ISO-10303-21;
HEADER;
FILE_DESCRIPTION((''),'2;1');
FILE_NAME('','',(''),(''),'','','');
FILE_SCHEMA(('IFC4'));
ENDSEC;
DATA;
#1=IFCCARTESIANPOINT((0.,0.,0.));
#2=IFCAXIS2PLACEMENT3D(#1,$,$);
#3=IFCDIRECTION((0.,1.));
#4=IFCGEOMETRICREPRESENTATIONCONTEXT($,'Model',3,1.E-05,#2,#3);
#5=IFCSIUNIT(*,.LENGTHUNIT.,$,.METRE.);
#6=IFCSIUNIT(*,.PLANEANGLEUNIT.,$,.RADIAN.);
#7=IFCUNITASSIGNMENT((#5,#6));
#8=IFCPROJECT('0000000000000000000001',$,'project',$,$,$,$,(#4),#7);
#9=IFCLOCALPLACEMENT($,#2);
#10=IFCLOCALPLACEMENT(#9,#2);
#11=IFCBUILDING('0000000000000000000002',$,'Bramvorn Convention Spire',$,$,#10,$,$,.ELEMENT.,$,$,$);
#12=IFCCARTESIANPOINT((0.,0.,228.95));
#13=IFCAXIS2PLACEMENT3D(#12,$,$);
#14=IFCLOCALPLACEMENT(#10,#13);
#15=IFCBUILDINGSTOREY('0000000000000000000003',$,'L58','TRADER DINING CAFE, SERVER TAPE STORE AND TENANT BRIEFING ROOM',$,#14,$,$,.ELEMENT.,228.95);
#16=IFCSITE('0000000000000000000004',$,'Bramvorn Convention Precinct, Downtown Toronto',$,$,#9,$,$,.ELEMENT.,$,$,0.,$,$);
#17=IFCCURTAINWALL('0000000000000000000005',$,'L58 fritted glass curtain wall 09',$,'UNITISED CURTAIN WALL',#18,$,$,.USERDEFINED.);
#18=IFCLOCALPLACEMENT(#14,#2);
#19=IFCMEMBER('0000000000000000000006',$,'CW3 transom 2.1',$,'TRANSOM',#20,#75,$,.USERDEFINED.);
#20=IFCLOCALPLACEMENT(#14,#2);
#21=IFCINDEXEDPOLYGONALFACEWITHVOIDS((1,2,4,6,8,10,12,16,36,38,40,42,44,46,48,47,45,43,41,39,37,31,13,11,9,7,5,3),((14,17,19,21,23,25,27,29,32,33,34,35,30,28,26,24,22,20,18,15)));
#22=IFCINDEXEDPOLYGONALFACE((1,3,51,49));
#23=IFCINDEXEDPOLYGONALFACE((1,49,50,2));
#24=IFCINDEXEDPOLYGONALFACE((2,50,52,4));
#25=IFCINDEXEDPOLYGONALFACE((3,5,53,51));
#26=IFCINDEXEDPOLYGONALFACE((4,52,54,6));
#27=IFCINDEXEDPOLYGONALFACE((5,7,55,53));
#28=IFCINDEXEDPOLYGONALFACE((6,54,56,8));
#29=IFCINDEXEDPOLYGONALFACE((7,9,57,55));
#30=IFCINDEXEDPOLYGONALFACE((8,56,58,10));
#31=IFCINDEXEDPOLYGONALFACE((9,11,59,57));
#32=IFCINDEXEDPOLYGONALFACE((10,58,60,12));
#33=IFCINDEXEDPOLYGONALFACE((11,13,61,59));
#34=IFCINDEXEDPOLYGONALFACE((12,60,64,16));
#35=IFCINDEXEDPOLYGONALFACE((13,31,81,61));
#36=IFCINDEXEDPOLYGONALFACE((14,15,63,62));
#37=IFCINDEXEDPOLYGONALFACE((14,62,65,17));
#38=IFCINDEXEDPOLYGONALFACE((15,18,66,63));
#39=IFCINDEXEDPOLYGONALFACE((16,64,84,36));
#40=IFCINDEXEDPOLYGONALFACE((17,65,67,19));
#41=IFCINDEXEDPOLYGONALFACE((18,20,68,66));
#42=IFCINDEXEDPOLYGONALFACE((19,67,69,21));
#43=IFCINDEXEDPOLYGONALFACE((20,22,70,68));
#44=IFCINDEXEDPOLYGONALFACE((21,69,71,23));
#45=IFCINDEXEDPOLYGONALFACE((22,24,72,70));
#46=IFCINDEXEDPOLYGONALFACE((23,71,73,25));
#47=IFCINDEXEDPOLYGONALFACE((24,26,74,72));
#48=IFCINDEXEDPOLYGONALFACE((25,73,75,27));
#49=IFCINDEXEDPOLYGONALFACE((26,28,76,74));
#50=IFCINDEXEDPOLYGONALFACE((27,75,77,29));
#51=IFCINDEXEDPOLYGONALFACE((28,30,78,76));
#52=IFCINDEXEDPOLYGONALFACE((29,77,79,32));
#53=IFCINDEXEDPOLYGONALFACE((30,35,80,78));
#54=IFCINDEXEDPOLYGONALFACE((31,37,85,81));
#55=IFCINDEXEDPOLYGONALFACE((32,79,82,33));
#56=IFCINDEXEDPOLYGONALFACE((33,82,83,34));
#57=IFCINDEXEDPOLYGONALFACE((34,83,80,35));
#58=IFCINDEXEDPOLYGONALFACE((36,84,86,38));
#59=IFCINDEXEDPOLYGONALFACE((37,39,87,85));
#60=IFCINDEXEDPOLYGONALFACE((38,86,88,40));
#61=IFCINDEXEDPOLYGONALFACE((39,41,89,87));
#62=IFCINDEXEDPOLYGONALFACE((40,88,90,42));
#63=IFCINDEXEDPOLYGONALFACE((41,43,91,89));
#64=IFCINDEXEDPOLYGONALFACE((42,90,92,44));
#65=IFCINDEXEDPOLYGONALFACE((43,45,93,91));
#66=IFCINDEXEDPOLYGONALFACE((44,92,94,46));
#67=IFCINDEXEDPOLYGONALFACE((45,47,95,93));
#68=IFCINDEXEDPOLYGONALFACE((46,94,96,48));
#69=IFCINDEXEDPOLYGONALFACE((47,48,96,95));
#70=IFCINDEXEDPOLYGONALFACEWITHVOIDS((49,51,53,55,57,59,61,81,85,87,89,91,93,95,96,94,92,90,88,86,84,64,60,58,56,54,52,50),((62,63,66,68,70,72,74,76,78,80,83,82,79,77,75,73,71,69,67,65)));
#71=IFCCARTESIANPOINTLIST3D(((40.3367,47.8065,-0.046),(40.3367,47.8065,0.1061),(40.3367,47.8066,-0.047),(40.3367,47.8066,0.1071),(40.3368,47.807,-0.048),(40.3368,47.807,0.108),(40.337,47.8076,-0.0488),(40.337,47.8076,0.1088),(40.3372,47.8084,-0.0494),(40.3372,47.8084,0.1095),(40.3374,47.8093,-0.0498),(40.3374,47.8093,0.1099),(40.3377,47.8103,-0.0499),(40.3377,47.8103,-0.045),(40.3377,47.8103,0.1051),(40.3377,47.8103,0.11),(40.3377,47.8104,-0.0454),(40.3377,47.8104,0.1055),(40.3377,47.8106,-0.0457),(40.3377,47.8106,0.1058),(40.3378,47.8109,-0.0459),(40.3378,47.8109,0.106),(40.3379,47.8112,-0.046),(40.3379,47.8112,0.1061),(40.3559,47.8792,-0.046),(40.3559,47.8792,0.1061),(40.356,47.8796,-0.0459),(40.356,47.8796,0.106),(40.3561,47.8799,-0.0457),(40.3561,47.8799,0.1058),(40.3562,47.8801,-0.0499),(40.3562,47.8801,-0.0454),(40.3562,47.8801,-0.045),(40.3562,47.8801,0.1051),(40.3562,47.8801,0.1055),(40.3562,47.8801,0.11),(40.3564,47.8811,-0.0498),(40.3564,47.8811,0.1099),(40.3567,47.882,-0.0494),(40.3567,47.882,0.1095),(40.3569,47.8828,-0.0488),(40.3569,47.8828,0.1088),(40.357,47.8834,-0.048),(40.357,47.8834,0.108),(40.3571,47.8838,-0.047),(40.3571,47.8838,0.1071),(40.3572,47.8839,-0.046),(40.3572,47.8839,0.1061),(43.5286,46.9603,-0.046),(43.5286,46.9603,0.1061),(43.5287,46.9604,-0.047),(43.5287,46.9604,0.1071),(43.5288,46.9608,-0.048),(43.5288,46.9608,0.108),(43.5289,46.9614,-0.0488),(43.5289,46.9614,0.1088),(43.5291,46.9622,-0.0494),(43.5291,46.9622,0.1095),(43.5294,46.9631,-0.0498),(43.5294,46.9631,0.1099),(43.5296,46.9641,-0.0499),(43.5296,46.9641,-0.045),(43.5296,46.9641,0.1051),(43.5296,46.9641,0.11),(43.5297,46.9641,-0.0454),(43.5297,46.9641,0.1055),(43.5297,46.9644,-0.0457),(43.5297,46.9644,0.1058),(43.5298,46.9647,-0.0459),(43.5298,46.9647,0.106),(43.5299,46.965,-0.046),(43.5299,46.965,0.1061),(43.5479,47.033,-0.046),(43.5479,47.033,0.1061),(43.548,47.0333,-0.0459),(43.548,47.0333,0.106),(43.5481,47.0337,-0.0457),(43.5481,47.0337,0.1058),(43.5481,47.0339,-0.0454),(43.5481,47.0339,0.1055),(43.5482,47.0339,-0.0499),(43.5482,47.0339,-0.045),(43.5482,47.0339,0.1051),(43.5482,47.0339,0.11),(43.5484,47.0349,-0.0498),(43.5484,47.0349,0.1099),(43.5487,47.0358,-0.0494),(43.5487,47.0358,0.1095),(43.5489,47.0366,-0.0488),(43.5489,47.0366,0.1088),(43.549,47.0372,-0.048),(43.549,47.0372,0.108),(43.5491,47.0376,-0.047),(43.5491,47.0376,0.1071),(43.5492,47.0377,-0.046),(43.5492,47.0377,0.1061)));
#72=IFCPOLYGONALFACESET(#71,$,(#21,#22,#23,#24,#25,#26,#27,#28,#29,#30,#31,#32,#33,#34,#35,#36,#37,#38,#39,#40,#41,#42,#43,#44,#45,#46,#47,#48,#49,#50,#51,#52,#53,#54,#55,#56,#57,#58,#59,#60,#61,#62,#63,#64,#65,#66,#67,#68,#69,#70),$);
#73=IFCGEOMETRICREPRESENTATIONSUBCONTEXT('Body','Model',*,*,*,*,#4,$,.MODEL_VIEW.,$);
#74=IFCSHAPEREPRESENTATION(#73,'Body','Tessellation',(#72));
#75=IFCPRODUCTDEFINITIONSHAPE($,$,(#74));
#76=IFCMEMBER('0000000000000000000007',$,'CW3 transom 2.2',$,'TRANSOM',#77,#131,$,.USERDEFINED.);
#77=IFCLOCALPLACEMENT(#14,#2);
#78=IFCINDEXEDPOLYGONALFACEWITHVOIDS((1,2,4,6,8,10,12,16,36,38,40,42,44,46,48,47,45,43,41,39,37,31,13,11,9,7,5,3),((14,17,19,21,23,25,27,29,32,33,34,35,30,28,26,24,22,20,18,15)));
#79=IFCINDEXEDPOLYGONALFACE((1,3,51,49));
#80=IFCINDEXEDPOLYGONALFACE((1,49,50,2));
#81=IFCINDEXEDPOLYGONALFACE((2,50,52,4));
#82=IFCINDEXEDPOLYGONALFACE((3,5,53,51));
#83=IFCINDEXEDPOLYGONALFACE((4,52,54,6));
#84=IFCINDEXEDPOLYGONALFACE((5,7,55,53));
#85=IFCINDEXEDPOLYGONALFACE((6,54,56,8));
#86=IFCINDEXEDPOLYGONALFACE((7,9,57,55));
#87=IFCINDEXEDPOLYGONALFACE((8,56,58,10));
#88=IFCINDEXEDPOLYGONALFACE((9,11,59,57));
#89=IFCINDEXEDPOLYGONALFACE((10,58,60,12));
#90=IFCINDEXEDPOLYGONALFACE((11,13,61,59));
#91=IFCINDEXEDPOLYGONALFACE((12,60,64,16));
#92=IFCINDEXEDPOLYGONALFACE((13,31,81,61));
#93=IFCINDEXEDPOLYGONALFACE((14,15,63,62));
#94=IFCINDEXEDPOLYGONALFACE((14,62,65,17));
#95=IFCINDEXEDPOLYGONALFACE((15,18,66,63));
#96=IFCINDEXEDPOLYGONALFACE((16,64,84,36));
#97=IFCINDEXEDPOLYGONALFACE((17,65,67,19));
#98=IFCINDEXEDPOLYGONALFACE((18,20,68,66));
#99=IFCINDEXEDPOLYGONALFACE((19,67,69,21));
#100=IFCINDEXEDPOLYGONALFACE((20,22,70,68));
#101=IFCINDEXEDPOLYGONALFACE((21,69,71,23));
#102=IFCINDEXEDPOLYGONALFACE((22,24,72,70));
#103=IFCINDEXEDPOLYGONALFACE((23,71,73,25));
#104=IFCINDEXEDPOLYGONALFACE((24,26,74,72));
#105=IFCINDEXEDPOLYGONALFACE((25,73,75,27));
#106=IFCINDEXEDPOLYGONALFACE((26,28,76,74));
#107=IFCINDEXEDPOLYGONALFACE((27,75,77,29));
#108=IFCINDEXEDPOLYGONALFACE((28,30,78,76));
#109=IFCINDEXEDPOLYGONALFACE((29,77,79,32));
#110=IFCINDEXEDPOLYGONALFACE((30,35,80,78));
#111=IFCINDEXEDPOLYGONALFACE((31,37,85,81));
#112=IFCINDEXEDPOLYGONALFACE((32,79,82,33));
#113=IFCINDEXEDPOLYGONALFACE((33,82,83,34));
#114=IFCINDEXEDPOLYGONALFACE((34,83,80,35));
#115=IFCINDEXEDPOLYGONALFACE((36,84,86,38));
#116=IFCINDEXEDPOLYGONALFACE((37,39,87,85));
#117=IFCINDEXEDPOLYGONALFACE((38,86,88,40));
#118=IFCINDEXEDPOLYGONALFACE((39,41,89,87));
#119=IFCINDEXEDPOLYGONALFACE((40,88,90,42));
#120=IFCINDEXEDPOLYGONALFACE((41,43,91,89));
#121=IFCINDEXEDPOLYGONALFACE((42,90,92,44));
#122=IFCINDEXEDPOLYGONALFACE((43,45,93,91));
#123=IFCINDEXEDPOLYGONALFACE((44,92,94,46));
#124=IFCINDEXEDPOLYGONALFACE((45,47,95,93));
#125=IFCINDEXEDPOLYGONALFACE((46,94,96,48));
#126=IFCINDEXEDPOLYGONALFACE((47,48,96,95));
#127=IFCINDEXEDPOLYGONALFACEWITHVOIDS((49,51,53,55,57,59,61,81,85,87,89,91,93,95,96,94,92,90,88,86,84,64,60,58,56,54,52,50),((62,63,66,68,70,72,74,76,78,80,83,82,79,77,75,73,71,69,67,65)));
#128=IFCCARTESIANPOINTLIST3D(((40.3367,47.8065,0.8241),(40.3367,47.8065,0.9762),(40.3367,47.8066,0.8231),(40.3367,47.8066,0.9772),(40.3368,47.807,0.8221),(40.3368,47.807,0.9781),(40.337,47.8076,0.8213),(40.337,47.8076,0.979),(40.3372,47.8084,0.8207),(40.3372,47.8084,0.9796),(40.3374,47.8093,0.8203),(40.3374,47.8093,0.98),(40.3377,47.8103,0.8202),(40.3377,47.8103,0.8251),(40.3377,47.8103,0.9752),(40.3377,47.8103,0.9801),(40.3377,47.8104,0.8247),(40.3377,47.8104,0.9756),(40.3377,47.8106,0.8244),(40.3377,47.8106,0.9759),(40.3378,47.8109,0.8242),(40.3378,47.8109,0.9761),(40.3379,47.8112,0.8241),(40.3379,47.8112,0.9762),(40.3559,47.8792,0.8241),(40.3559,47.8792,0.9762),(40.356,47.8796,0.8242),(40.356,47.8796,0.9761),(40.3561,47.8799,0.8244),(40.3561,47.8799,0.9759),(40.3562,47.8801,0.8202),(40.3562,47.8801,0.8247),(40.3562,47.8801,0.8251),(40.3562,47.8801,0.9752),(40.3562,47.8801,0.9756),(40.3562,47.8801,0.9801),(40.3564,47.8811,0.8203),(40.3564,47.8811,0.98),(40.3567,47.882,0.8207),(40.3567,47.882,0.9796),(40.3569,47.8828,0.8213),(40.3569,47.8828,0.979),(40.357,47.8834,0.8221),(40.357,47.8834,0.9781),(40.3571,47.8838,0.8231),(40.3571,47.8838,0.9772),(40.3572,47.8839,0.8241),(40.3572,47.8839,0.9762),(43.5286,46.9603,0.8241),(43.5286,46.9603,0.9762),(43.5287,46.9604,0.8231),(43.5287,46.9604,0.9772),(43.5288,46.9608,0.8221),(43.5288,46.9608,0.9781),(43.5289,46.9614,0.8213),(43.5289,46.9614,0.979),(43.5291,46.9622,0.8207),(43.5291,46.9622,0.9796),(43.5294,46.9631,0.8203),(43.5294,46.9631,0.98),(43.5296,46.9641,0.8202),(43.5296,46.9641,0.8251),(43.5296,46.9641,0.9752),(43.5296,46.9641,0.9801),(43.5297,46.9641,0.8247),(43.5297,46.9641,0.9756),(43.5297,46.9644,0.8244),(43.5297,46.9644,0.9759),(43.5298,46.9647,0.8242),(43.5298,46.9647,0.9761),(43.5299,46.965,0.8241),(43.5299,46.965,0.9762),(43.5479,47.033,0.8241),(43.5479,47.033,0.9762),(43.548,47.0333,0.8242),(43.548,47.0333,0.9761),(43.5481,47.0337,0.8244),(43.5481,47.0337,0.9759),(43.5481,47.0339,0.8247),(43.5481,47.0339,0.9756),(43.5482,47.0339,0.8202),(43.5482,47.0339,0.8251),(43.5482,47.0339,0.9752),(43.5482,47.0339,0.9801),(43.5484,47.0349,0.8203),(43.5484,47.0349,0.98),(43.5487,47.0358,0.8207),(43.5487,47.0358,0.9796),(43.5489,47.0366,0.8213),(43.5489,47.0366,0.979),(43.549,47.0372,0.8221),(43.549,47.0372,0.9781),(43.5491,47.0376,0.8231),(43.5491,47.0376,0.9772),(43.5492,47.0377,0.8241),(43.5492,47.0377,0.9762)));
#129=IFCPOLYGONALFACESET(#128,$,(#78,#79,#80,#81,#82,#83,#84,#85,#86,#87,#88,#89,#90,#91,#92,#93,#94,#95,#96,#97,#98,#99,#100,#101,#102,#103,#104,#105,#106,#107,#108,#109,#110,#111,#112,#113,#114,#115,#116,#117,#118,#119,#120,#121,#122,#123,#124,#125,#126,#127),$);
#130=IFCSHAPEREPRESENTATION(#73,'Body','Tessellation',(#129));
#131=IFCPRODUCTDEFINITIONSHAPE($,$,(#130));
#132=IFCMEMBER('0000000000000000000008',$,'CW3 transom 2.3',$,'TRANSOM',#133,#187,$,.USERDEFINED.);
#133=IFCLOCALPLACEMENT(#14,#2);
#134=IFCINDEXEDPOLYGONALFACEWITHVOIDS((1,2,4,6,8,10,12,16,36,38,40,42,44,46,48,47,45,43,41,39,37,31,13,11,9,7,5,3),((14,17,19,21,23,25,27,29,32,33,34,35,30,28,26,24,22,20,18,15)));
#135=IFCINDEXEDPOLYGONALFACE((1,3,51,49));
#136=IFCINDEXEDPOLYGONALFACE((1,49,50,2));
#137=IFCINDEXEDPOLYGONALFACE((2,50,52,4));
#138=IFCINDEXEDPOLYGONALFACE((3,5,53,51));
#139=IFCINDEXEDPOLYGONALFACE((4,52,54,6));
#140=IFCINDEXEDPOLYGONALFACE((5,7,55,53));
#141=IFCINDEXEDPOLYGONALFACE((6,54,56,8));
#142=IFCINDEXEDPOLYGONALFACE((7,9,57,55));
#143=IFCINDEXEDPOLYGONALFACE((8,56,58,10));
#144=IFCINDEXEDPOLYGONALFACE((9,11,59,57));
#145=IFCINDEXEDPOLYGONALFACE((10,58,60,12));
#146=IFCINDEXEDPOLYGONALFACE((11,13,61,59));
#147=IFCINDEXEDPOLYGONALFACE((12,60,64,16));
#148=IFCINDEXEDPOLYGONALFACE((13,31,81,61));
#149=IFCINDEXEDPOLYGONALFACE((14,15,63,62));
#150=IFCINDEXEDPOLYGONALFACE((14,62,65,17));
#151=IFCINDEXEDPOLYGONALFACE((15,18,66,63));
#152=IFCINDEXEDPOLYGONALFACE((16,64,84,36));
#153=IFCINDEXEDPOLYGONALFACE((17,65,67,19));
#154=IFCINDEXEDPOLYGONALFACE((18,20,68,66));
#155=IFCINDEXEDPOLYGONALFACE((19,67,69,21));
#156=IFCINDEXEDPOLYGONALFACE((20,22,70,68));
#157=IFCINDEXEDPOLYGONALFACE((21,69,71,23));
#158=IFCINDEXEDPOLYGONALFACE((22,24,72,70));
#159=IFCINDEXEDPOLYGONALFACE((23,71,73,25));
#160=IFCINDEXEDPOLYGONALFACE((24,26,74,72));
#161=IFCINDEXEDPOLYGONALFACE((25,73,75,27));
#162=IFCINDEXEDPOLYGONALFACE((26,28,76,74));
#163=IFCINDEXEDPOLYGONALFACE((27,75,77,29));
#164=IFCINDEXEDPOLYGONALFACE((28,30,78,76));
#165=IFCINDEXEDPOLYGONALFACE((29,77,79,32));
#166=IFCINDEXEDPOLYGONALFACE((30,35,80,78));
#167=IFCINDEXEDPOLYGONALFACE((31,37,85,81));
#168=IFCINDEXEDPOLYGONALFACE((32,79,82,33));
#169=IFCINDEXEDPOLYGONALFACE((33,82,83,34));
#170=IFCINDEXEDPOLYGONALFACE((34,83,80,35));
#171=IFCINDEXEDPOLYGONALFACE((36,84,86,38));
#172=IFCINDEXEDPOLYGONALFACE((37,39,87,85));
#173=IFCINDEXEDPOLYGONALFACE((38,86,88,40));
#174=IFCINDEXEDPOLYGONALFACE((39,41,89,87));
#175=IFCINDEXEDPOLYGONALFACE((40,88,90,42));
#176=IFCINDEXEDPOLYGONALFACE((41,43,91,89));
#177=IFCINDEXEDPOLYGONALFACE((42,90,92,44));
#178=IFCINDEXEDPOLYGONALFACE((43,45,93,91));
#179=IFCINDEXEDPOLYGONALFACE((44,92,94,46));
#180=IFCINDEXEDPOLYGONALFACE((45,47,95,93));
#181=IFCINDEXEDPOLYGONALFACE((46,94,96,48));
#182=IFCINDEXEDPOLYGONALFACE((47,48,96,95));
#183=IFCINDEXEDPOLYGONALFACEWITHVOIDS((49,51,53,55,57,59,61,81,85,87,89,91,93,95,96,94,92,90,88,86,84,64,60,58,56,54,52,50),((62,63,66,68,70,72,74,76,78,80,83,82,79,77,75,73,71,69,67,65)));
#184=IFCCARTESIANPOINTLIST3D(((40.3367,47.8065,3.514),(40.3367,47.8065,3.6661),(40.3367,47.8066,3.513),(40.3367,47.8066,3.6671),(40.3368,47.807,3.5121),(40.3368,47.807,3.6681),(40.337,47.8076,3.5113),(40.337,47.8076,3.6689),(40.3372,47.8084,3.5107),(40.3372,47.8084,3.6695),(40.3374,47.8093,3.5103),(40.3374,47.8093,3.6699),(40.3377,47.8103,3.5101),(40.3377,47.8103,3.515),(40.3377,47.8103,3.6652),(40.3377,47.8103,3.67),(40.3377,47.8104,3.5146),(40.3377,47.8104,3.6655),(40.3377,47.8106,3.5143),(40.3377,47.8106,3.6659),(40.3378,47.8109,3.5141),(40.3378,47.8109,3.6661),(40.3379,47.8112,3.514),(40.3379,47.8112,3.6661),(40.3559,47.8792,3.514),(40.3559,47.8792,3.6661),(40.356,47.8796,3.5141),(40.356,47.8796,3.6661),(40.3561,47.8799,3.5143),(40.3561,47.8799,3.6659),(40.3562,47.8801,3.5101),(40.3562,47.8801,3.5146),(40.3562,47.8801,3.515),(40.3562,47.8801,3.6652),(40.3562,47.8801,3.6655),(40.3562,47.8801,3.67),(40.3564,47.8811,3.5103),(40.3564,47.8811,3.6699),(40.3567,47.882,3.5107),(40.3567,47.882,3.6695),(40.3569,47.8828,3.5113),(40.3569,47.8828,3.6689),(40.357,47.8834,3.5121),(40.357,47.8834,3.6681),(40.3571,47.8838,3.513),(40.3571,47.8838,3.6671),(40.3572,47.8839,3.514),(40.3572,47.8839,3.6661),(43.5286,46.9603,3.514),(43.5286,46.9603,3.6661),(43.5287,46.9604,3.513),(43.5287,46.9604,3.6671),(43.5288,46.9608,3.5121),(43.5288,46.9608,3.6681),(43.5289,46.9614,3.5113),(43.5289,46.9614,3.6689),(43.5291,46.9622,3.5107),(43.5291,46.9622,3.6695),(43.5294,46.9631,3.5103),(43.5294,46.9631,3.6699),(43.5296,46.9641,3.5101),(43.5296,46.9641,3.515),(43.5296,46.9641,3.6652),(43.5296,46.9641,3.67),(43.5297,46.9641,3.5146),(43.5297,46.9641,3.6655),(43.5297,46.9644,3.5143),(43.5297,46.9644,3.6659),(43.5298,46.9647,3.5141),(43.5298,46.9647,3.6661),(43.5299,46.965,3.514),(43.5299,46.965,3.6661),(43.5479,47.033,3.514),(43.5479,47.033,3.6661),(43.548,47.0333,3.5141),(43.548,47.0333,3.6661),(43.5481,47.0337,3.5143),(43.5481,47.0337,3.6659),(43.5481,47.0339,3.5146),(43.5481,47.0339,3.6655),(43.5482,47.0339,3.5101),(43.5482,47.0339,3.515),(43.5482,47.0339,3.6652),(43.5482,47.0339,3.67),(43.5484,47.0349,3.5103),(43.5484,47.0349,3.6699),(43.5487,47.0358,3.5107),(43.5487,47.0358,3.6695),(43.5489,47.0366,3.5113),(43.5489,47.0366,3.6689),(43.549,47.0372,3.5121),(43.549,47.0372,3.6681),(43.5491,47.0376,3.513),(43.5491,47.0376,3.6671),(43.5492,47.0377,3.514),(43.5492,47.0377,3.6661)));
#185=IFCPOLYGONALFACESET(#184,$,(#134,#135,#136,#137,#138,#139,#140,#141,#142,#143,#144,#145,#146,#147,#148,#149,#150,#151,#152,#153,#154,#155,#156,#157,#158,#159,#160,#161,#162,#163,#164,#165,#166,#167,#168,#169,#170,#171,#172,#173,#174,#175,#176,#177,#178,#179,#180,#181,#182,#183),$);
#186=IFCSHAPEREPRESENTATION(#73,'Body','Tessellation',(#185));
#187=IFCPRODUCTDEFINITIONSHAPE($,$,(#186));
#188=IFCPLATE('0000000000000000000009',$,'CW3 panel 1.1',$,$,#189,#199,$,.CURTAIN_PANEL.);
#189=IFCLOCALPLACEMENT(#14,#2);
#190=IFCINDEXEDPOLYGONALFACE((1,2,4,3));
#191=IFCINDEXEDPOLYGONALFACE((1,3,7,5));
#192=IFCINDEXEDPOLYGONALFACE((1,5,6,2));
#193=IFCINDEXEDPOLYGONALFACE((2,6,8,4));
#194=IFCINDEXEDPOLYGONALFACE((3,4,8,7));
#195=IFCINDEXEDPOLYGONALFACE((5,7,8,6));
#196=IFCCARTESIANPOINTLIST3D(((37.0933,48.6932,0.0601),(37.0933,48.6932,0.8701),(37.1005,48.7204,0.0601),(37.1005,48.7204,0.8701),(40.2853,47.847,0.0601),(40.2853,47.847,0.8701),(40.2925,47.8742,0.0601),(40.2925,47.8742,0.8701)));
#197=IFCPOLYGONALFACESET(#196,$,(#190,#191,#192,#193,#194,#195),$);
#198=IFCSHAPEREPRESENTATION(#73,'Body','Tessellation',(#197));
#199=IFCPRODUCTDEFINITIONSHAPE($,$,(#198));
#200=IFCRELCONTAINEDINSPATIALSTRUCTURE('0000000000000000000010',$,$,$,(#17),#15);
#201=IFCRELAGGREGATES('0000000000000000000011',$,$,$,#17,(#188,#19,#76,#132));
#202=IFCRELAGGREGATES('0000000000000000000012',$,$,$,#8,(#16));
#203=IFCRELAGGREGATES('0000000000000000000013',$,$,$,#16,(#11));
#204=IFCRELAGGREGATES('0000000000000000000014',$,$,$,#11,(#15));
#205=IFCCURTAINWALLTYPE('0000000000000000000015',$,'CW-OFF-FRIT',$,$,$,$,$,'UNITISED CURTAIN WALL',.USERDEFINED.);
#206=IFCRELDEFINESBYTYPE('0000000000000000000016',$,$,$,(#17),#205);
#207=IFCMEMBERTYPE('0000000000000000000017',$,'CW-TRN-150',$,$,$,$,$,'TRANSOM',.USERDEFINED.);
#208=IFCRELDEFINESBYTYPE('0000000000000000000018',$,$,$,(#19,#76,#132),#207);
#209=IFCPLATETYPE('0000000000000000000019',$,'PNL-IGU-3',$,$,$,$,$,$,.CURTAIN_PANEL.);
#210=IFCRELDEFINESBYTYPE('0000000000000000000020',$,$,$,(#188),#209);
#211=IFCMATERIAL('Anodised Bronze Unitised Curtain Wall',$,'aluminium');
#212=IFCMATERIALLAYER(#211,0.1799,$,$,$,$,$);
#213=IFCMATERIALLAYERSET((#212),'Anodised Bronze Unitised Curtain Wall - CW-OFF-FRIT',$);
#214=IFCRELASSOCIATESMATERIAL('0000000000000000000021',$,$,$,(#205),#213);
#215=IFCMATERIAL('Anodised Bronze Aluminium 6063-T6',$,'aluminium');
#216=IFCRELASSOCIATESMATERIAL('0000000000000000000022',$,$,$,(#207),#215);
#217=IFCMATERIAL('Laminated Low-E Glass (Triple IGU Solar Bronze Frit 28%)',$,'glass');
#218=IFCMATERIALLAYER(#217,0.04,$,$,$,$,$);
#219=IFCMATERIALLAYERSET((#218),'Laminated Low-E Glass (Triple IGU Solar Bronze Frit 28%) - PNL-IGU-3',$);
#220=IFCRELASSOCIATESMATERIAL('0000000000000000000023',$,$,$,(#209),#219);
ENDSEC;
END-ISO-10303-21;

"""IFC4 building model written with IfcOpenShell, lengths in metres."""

from ifc_helpers import new_model, si_unit, direction, frame, origin, origin_2d, place, context, subcontext, project, spatial, rectangle, hollow_rectangle, extrude, material, layer, layer_set, material_profile, profile_set, type_object, element, aggregate, save


model = new_model("IFC4")

# Units and contexts
model_context = context("Model", 3, precision=1e-05, world=origin(), true_north=direction((0.0, 1.0)))
body_context = subcontext(model_context, "Body", "Model", "MODEL_VIEW")
ifc_project = project(units=[si_unit("LENGTHUNIT", "METRE"), si_unit("PLANEANGLEUNIT", "RADIAN")], contexts=[model_context])

# Site, building, storey
site_placement = place(None, origin())
site = spatial("IfcSite", under=ifc_project, at=site_placement, Name="Bramvorn Convention Precinct, Downtown Toronto", CompositionType="ELEMENT", RefElevation=0.0)
building_placement = place(site_placement, origin())
building = spatial("IfcBuilding", under=site, at=building_placement, Name="Bramvorn Convention Spire", CompositionType="ELEMENT")
storey_placement = place(building_placement, frame((0.0, 0.0, 228.95)))
storey = spatial("IfcBuildingStorey", under=building, at=storey_placement, Name="L58", Description="TRADER DINING CAFE, SERVER TAPE STORE AND TENANT BRIEFING ROOM", CompositionType="ELEMENT", Elevation=228.95)

# Curtain wall
ifc_material_1 = material(Name="Anodised Bronze Unitised Curtain Wall", Category="aluminium")
ifc_layer_1 = layer(ifc_material_1, 0.1799)
ifc_layer_set_1 = layer_set([ifc_layer_1], Name="Anodised Bronze Unitised Curtain Wall - CW-OFF-FRIT")
curtain_wall_type = type_object("IfcCurtainWallType", Name="CW-OFF-FRIT", ElementType="UNITISED CURTAIN WALL", PredefinedType="USERDEFINED", material=ifc_layer_set_1)
curtain_wall_1_placement = place(storey_placement, origin())
curtain_wall_1 = element("IfcCurtainWall", 1, at=curtain_wall_1_placement, inside=storey, type_object=curtain_wall_type, Name="L58 fritted glass curtain wall 09", ObjectType="UNITISED CURTAIN WALL", PredefinedType="USERDEFINED")
ifc_material_2 = material(Name="Anodised Bronze Aluminium 6063-T6", Category="aluminium")

# Members
ifc_material_profile_1 = material_profile(ifc_material_2, hollow_rectangle(XDim=0.0801, YDim=0.1599, WallThickness=0.0039, InnerFilletRadius=0.001, OuterFilletRadius=0.0039, at=origin_2d()))
ifc_profile_set_1 = profile_set([ifc_material_profile_1], Name="Anodised Bronze Aluminium 6063-T6 - CWT80X160")
member_type_1 = type_object("IfcMemberType", Name="CW-TRN-150", ElementType="TRANSOM", PredefinedType="USERDEFINED", material=ifc_profile_set_1)
member_1_placement = place(storey_placement, frame((40.3469, 47.8452, 0.03), z_axis=(0.966609, -0.256254, 0.0), x_axis=(0.256254, 0.966609, 0.0)))
member_1 = element("IfcMember", 2, at=member_1_placement, type_object=member_type_1, Name="CW3 transom 2.1", ObjectType="TRANSOM", PredefinedType="USERDEFINED", context=body_context, shape_type="SweptSolid", body=[
    extrude(hollow_rectangle(XDim=0.0801, YDim=0.1599, WallThickness=0.0039, InnerFilletRadius=0.001, OuterFilletRadius=0.0039, at=origin_2d()), origin(), (0.0, 0.0, 1.0), 3.3022),
])
member_2_placement = place(storey_placement, frame((40.3469, 47.8452, 0.9001), z_axis=(0.966609, -0.256254, 0.0), x_axis=(0.256254, 0.966609, 0.0)))
member_2 = element("IfcMember", 3, at=member_2_placement, type_object=member_type_1, Name="CW3 transom 2.2", ObjectType="TRANSOM", PredefinedType="USERDEFINED", context=body_context, shape_type="SweptSolid", body=[
    extrude(hollow_rectangle(XDim=0.0801, YDim=0.1599, WallThickness=0.0039, InnerFilletRadius=0.001, OuterFilletRadius=0.0039, at=origin_2d()), origin(), (0.0, 0.0, 1.0), 3.3022),
])
member_3_placement = place(storey_placement, frame((40.3469, 47.8452, 3.5901), z_axis=(0.966609, -0.256254, 0.0), x_axis=(0.256254, 0.966609, 0.0)))
member_3 = element("IfcMember", 4, at=member_3_placement, type_object=member_type_1, Name="CW3 transom 2.3", ObjectType="TRANSOM", PredefinedType="USERDEFINED", context=body_context, shape_type="SweptSolid", body=[
    extrude(hollow_rectangle(XDim=0.0801, YDim=0.1599, WallThickness=0.0039, InnerFilletRadius=0.001, OuterFilletRadius=0.0039, at=origin_2d()), origin(), (0.0, 0.0, 1.0), 3.3022),
])

# Plate
ifc_material_3 = material(Name="Laminated Low-E Glass (Triple IGU Solar Bronze Frit 28%)", Category="glass")
ifc_layer_2 = layer(ifc_material_3, 0.04)
ifc_layer_set_2 = layer_set([ifc_layer_2], Name="Laminated Low-E Glass (Triple IGU Solar Bronze Frit 28%) - PNL-IGU-3")
plate_type = type_object("IfcPlateType", Name="PNL-IGU-3", PredefinedType="CURTAIN_PANEL", material=ifc_layer_set_2)
plate_1_placement = place(storey_placement, frame((38.6929, 48.2837, 0.0601), z_axis=(0.0, 0.0, 1.0), x_axis=(0.966612, -0.256245, 0.0)))
plate_1 = element("IfcPlate", 5, at=plate_1_placement, type_object=plate_type, Name="CW3 panel 1.1", PredefinedType="CURTAIN_PANEL", context=body_context, shape_type="SweptSolid", body=[
    extrude(rectangle(XDim=3.3022, YDim=0.0281, at=origin_2d()), origin(), (0.0, 0.0, 1.0), 0.8101),
])
aggregate(curtain_wall_1, [plate_1, member_1, member_2, member_3])

save(model, "model.ifc")
